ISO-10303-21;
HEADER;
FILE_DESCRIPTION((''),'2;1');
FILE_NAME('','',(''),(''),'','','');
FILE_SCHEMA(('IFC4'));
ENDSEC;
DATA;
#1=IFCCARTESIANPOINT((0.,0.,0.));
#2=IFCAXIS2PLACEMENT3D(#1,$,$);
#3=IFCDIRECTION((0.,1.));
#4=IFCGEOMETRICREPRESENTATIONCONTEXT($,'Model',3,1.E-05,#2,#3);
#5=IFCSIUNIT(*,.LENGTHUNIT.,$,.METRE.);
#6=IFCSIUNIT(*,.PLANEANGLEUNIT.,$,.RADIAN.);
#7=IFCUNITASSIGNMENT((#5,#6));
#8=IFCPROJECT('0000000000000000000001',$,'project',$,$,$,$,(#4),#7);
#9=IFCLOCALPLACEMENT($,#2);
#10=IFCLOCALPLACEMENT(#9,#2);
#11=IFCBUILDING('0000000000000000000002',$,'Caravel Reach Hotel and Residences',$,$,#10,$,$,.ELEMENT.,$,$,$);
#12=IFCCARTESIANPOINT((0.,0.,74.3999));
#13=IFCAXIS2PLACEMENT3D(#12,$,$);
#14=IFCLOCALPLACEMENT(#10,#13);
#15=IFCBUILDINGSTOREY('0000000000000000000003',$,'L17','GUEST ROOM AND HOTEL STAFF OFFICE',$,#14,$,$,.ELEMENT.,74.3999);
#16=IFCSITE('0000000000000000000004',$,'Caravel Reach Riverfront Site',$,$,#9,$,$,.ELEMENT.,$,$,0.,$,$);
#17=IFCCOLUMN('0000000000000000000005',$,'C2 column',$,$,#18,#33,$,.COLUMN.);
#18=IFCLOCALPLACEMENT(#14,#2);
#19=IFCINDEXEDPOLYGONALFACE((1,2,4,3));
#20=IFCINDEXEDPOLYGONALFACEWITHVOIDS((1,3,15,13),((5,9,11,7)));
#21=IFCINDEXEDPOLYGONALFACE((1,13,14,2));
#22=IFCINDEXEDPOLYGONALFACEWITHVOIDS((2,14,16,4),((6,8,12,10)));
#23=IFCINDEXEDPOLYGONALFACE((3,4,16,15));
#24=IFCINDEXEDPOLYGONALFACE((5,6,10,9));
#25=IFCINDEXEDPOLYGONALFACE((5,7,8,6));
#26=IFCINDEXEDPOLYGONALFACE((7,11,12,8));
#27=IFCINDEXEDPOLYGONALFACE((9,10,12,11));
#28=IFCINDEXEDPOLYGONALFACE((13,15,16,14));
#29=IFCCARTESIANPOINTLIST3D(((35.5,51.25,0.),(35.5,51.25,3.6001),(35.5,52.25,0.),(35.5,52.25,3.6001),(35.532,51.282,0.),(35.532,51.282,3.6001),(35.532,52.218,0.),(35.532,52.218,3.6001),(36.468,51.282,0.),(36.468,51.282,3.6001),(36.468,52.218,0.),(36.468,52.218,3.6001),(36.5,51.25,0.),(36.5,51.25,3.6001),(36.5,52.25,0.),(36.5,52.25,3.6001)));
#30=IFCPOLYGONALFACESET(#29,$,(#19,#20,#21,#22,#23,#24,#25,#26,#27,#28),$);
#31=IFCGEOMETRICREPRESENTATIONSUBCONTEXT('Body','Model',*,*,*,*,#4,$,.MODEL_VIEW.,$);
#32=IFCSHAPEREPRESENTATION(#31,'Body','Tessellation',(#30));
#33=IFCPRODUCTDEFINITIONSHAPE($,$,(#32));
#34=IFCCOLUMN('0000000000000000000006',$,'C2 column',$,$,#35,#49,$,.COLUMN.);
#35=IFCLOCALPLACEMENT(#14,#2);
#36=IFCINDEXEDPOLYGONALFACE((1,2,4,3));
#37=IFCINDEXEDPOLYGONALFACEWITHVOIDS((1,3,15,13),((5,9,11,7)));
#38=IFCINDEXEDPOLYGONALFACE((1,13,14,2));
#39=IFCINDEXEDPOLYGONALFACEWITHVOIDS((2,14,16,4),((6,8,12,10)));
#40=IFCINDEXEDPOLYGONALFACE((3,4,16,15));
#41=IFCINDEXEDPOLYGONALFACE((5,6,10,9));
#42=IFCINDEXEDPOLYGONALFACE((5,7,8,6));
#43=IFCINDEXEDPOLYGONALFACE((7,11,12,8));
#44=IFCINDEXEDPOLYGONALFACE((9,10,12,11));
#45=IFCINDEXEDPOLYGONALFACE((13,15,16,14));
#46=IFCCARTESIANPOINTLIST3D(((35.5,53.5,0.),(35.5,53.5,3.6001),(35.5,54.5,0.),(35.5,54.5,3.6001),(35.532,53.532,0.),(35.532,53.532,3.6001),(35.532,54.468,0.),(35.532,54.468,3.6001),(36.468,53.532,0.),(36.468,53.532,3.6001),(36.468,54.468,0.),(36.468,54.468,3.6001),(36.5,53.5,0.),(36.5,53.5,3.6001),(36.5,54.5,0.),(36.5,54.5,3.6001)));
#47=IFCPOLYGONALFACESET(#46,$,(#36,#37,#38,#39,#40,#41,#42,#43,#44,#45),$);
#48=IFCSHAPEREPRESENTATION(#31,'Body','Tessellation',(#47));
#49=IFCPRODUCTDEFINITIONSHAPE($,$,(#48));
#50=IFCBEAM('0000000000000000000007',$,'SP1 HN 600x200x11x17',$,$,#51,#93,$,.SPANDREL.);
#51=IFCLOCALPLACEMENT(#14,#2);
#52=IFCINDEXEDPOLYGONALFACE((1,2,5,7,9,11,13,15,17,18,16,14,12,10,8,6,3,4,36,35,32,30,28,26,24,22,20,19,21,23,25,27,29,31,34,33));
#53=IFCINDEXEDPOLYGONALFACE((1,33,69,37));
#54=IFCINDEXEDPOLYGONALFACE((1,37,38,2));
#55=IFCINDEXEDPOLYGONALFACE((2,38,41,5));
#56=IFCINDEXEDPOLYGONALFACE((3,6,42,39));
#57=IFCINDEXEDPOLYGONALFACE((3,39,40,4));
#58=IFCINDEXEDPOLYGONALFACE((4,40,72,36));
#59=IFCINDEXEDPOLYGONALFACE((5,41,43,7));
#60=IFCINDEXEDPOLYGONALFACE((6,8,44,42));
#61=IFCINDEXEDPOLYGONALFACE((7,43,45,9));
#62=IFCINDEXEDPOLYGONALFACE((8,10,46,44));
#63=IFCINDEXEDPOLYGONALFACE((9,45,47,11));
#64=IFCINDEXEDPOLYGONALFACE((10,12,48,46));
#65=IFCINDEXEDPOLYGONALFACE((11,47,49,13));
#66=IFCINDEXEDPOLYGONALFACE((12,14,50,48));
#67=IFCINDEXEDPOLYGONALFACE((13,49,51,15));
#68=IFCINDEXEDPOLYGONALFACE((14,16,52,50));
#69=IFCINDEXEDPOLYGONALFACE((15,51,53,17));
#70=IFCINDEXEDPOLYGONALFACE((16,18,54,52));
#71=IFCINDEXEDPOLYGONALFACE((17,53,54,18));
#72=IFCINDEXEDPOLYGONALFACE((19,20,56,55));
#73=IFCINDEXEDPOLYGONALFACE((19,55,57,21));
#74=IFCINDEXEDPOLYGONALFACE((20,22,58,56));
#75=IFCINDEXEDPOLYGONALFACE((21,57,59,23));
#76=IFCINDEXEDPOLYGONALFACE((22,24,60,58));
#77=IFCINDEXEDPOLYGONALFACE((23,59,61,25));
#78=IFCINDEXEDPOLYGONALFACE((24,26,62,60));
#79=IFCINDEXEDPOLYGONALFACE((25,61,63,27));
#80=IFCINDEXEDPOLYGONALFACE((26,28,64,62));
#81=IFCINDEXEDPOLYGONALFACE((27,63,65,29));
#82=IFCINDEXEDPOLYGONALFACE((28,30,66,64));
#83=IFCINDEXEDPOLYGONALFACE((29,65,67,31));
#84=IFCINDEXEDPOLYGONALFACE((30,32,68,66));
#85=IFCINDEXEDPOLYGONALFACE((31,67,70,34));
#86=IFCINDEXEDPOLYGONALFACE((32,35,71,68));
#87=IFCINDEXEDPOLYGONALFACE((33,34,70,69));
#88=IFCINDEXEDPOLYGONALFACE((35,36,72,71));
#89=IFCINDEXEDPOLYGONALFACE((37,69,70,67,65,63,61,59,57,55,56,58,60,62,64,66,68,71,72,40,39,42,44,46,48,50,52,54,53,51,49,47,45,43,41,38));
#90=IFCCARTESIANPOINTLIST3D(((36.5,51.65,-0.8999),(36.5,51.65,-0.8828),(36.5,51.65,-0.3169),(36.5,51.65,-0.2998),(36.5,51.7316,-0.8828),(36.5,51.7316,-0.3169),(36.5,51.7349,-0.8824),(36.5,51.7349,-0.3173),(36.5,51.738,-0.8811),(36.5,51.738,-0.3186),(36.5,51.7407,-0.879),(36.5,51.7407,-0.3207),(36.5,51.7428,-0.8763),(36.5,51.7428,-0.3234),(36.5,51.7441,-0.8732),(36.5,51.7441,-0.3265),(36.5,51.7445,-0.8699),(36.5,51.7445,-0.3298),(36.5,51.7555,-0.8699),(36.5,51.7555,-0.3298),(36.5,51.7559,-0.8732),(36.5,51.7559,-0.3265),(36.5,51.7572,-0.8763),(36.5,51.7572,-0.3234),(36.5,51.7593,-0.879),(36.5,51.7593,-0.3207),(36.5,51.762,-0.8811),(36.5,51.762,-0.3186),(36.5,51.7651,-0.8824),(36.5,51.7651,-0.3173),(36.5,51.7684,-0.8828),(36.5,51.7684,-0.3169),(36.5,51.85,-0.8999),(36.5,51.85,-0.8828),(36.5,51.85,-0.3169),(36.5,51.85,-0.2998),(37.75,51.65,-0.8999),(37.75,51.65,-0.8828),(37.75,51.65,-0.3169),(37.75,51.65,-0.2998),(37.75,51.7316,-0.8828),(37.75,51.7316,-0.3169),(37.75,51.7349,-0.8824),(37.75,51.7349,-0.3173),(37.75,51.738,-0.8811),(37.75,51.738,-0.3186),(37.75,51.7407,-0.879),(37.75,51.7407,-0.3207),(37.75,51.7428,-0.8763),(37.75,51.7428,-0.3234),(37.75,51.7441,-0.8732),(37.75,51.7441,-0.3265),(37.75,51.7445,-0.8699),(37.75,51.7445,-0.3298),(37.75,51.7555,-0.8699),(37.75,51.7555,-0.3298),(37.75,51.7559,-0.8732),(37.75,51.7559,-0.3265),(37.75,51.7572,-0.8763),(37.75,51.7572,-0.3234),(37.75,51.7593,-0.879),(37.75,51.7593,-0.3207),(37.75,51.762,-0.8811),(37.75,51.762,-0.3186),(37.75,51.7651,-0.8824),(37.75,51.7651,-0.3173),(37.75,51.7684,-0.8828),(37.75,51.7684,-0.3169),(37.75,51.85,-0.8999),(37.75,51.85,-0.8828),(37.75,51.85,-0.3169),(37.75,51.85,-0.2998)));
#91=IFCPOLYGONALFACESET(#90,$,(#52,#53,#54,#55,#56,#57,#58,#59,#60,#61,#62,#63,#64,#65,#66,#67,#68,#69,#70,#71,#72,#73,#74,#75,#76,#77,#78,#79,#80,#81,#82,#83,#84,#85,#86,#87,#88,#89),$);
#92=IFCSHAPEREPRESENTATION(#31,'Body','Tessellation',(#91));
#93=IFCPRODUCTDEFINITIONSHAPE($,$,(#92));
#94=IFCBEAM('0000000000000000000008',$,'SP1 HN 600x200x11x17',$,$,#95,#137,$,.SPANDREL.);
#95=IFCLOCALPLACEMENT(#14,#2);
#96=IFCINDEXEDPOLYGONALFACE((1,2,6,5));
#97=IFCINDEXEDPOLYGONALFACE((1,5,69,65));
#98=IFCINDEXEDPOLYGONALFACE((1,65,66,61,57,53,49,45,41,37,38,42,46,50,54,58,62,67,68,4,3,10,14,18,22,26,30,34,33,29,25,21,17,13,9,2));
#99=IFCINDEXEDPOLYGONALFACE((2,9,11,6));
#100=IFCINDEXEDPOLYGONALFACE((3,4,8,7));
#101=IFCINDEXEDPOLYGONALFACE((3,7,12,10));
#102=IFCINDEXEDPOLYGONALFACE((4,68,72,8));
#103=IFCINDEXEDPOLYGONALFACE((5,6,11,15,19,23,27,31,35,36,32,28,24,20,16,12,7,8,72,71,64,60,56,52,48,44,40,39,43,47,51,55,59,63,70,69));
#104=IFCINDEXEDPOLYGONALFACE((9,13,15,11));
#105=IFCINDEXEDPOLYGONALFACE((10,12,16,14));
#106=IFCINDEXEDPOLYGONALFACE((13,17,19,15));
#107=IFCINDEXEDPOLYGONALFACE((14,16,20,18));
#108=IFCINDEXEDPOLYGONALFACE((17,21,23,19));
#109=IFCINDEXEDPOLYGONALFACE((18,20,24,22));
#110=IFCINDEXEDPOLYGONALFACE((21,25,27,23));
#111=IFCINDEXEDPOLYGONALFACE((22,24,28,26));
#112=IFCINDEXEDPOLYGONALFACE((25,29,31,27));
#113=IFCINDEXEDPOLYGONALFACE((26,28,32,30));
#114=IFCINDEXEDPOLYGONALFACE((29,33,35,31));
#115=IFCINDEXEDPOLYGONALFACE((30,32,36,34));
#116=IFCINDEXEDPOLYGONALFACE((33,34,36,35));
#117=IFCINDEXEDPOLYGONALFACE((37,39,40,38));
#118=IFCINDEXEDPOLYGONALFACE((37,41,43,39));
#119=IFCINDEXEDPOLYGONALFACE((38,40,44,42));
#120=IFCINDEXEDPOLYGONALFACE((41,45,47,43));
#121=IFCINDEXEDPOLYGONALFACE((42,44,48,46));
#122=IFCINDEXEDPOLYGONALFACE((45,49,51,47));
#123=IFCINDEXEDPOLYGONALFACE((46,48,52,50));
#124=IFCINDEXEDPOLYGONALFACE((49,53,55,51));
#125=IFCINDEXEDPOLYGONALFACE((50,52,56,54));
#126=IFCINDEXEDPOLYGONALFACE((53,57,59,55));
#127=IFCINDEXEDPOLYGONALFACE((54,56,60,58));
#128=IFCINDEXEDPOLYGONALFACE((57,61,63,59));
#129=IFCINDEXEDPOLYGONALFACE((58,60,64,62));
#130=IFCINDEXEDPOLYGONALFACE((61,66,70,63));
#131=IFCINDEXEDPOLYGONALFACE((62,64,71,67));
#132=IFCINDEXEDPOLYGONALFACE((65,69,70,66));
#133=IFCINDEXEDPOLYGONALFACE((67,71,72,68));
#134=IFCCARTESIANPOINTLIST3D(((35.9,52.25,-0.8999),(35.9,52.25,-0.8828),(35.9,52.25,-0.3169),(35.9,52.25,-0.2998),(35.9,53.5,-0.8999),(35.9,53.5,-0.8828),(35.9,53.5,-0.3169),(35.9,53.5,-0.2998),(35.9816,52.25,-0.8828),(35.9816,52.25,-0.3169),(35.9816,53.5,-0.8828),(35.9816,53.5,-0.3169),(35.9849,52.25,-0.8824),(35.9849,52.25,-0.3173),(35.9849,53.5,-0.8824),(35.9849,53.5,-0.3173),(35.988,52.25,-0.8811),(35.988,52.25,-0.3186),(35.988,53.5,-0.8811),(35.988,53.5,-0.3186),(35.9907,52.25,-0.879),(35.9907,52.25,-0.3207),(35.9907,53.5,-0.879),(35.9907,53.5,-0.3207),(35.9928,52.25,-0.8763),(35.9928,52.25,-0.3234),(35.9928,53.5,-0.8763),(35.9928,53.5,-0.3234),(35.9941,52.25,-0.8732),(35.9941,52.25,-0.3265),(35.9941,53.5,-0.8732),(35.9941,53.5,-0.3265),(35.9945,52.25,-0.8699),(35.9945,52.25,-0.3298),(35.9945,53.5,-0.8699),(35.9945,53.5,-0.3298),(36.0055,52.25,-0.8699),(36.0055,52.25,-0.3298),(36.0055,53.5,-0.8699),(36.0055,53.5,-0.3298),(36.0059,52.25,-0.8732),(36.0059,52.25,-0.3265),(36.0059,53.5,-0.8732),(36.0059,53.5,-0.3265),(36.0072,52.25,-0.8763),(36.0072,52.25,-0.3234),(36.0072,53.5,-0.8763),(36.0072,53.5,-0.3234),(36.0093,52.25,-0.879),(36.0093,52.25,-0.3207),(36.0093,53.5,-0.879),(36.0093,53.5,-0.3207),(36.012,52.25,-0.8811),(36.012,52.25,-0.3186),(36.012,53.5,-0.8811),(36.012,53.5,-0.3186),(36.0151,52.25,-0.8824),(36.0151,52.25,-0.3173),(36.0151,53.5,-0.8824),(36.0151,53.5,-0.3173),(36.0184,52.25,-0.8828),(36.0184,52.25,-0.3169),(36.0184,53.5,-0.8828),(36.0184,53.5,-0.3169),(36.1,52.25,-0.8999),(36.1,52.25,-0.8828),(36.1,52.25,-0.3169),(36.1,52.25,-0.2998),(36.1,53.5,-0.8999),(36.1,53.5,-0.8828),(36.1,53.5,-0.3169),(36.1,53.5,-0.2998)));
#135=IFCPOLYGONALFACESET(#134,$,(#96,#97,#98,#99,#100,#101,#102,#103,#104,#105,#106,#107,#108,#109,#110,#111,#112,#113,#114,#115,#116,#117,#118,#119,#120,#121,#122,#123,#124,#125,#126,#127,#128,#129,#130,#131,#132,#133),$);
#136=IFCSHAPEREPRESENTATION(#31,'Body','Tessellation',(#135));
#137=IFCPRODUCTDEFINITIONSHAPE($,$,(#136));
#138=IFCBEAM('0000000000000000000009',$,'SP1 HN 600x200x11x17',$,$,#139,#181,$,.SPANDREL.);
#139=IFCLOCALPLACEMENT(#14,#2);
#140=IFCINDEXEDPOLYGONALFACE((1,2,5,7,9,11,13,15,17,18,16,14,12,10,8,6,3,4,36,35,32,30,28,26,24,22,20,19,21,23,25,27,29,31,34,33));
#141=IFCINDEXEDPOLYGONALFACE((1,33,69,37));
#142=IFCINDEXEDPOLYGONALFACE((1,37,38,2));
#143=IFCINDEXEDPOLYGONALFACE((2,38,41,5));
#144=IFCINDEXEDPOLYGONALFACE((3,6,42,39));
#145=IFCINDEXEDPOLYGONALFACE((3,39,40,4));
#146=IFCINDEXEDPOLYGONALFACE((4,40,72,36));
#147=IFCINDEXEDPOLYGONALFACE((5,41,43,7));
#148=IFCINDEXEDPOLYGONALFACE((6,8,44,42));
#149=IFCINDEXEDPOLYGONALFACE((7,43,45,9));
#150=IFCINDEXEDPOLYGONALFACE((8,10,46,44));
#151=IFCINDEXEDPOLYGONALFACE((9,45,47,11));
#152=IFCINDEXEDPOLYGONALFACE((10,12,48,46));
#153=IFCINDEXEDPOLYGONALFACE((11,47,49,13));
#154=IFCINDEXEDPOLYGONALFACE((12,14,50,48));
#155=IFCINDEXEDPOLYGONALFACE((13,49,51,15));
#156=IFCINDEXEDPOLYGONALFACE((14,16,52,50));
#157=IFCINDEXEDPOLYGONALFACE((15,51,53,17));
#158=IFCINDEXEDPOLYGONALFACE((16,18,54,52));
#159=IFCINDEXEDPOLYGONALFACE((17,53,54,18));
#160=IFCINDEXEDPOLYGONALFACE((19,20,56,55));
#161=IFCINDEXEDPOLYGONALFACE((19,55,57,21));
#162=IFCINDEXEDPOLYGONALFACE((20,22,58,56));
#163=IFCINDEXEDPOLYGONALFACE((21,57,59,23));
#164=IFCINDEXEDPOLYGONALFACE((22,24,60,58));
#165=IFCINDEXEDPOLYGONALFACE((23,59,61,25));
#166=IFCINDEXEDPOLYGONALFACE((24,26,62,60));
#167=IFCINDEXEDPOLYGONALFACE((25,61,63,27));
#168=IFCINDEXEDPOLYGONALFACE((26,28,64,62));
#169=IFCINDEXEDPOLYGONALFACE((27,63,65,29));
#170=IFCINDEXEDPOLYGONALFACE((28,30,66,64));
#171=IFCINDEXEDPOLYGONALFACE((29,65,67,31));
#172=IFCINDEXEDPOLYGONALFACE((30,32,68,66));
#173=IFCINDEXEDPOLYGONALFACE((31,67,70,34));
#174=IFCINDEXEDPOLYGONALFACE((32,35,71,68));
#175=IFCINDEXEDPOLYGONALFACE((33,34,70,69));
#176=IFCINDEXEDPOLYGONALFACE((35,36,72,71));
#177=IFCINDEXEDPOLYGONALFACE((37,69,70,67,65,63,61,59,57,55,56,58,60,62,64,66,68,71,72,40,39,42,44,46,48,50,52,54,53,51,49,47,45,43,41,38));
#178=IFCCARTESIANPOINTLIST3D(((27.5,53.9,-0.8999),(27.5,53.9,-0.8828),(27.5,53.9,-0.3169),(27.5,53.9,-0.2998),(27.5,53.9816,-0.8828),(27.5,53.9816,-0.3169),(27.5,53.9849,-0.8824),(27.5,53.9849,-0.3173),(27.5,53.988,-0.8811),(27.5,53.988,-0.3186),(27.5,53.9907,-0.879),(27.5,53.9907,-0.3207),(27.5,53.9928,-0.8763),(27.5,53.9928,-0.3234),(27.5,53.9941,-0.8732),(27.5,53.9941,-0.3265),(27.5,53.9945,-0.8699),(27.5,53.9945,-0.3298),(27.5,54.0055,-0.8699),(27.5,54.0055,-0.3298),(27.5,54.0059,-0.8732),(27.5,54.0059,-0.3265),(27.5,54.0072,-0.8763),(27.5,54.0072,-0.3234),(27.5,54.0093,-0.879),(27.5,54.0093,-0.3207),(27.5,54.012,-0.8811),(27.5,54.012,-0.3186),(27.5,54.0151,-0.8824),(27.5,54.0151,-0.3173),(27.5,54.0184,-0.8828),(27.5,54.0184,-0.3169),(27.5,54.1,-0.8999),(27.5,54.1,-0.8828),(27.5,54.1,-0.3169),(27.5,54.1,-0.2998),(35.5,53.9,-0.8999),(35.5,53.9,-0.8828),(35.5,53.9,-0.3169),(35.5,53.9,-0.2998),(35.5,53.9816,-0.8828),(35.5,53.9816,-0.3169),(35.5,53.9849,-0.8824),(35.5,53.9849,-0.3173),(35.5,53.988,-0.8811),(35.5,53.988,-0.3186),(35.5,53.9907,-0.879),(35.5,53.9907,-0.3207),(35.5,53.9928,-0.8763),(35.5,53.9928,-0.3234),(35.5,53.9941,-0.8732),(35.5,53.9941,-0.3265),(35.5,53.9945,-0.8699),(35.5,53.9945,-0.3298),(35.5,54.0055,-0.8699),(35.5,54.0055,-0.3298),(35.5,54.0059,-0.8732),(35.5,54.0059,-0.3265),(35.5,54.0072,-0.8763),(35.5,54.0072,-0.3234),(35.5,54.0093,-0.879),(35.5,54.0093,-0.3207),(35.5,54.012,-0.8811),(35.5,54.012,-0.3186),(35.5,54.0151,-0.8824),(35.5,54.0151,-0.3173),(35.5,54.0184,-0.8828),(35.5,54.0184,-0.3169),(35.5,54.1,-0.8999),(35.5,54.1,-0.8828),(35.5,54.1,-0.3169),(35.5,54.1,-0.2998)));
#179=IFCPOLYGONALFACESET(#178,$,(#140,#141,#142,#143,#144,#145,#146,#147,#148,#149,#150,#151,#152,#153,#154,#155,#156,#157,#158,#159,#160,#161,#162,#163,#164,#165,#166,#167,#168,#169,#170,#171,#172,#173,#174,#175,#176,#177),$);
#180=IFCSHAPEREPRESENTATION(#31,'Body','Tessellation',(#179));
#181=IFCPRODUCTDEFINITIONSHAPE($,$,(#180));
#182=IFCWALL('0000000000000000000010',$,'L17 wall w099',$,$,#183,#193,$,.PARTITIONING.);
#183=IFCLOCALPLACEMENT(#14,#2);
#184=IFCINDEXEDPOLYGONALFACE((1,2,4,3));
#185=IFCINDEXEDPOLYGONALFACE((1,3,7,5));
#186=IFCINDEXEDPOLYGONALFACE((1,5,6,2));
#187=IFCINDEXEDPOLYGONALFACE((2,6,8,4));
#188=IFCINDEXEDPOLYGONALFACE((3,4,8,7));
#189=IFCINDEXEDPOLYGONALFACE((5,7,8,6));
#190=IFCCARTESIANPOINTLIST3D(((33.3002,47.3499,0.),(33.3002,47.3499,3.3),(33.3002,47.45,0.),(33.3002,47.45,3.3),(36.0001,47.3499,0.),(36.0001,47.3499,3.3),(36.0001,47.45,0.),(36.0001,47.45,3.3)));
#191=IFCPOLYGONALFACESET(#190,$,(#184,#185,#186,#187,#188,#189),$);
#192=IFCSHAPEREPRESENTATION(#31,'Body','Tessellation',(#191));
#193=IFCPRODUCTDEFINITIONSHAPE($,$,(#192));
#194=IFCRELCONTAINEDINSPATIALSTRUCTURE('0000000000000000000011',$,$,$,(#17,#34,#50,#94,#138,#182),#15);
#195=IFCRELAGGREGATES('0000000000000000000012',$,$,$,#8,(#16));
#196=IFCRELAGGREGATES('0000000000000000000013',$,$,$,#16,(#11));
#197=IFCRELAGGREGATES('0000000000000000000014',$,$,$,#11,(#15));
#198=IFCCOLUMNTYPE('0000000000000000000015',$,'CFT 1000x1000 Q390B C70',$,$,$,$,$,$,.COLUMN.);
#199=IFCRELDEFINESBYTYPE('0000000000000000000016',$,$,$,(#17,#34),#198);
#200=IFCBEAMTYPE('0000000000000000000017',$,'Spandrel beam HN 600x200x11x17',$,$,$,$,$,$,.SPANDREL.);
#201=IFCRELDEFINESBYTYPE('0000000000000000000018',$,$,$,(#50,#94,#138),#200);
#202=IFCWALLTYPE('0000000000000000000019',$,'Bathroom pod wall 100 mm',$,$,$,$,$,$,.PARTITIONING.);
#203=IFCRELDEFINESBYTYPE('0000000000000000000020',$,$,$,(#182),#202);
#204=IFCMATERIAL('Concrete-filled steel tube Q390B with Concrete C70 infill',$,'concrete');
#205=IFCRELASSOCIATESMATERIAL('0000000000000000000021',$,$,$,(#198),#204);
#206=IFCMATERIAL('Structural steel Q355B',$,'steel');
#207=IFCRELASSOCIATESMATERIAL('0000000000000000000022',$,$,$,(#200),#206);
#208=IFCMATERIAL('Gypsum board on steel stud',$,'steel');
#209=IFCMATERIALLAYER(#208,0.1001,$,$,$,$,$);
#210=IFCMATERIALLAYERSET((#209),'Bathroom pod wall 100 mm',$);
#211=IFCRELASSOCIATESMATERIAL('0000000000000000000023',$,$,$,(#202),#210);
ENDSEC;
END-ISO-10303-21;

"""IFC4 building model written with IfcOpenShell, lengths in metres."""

from ifc_helpers import new_model, si_unit, direction, frame, frame_2d, origin, origin_2d, place, context, subcontext, project, spatial, rectangle, hollow_rectangle, i_section, extrude, material, layer, layer_set, material_profile, profile_set, type_object, element, save


model = new_model("IFC4")

# Units and contexts
model_context = context("Model", 3, precision=1e-05, world=origin(), true_north=direction((0.0, 1.0)))
body_context = subcontext(model_context, "Body", "Model", "MODEL_VIEW")
ifc_project = project(units=[si_unit("LENGTHUNIT", "METRE"), si_unit("PLANEANGLEUNIT", "RADIAN")], contexts=[model_context])

# Site, building, storey
site_placement = place(None, origin())
site = spatial("IfcSite", under=ifc_project, at=site_placement, Name="Caravel Reach Riverfront Site", CompositionType="ELEMENT", RefElevation=0.0)
building_placement = place(site_placement, origin())
building = spatial("IfcBuilding", under=site, at=building_placement, Name="Caravel Reach Hotel and Residences", CompositionType="ELEMENT")
storey_placement = place(building_placement, frame((0.0, 0.0, 74.3999)))
storey = spatial("IfcBuildingStorey", under=building, at=storey_placement, Name="L17", Description="GUEST ROOM AND HOTEL STAFF OFFICE", CompositionType="ELEMENT", Elevation=74.3999)

# Columns
ifc_material_1 = material(Name="Concrete-filled steel tube Q390B with Concrete C70 infill", Category="concrete")
ifc_material_profile_1 = material_profile(ifc_material_1, hollow_rectangle(XDim=1.0, YDim=1.0, WallThickness=0.032, at=origin_2d()), Name="RHS 1000x1000x32")
ifc_profile_set_1 = profile_set([ifc_material_profile_1], Name="Concrete-filled steel tube Q390B with Concrete C70 infill")
column_type = type_object("IfcColumnType", Name="CFT 1000x1000 Q390B C70", PredefinedType="COLUMN", material=ifc_profile_set_1)
for number, where, z_axis, x_axis, name in (
    (1, (36.0, 51.75, 0.0), (0.0, 0.0, 1.0), (1.0, 0.0, 0.0), "C2 column"),
    (2, (36.0, 54.0, 0.0), (0.0, 0.0, 1.0), (1.0, 0.0, 0.0), "C2 column"),
):
    element("IfcColumn", number, at=place(storey_placement, frame(where, z_axis=z_axis, x_axis=x_axis)), inside=storey, type_object=column_type, Name=name, PredefinedType="COLUMN", context=body_context, shape_type="SweptSolid", body=[
        extrude(hollow_rectangle(XDim=1.0, YDim=1.0, WallThickness=0.032, at=origin_2d()), origin(), (0.0, 0.0, 1.0), 3.6001),
    ])

# Beams
ifc_material_2 = material(Name="Structural steel Q355B", Category="steel")
ifc_material_profile_2 = material_profile(ifc_material_2, i_section(OverallWidth=0.2, OverallDepth=0.6001, WebThickness=0.011, FlangeThickness=0.0171, FilletRadius=0.0129, at=origin_2d()), Name="HN 600x200x11x17")
ifc_profile_set_2 = profile_set([ifc_material_profile_2], Name="Structural steel Q355B")
beam_type = type_object("IfcBeamType", Name="Spandrel beam HN 600x200x11x17", PredefinedType="SPANDREL", material=ifc_profile_set_2)
for number, where, z_axis, x_axis, name in (
    (3, (37.75, 51.75, -0.5999), (-1.0, 0.0, 0.0), (0.0, -1.0, 0.0), "SP1 HN 600x200x11x17"),
    (4, (36.0, 52.25, -0.5999), (0.0, 1.0, 0.0), (-1.0, 0.0, 0.0), "SP1 HN 600x200x11x17"),
):
    element("IfcBeam", number, at=place(storey_placement, frame(where, z_axis=z_axis, x_axis=x_axis)), inside=storey, type_object=beam_type, Name=name, PredefinedType="SPANDREL", context=body_context, shape_type="SweptSolid", body=[
        extrude(i_section(OverallWidth=0.2, OverallDepth=0.6001, WebThickness=0.011, FlangeThickness=0.0171, FilletRadius=0.0129, at=origin_2d()), origin(), (0.0, 0.0, 1.0), 1.25),
    ])
beam_placement = place(storey_placement, frame((35.5, 54.0, -0.5999), z_axis=(-1.0, 0.0, 0.0), x_axis=(0.0, -1.0, 0.0)))
element("IfcBeam", 5, at=beam_placement, inside=storey, type_object=beam_type, Name="SP1 HN 600x200x11x17", PredefinedType="SPANDREL", context=body_context, shape_type="SweptSolid", body=[
    extrude(i_section(OverallWidth=0.2, OverallDepth=0.6001, WebThickness=0.011, FlangeThickness=0.0171, FilletRadius=0.0129, at=origin_2d()), origin(), (0.0, 0.0, 1.0), 8.0),
])

# Wall
ifc_material_3 = material(Name="Gypsum board on steel stud", Category="steel")
ifc_layer_1 = layer(ifc_material_3, 0.1001)
ifc_layer_set_1 = layer_set([ifc_layer_1], Name="Bathroom pod wall 100 mm")
wall_type_1 = type_object("IfcWallType", Name="Bathroom pod wall 100 mm", PredefinedType="PARTITIONING", material=ifc_layer_set_1)
wall_1_placement = place(storey_placement, frame((33.3, 47.3999, 0.0), z_axis=(0.0, 0.0, 1.0), x_axis=(1.0, 0.0, 0.0)))
element("IfcWall", 6, at=wall_1_placement, inside=storey, type_object=wall_type_1, Name="L17 wall w099", PredefinedType="PARTITIONING", context=body_context, shape_type="SweptSolid", body=[
    extrude(rectangle(XDim=2.7, YDim=0.1001, at=frame_2d((1.3501, 0.0))), origin(), (0.0, 0.0, 1.0), 3.3),
])

save(model, "model.ifc")
